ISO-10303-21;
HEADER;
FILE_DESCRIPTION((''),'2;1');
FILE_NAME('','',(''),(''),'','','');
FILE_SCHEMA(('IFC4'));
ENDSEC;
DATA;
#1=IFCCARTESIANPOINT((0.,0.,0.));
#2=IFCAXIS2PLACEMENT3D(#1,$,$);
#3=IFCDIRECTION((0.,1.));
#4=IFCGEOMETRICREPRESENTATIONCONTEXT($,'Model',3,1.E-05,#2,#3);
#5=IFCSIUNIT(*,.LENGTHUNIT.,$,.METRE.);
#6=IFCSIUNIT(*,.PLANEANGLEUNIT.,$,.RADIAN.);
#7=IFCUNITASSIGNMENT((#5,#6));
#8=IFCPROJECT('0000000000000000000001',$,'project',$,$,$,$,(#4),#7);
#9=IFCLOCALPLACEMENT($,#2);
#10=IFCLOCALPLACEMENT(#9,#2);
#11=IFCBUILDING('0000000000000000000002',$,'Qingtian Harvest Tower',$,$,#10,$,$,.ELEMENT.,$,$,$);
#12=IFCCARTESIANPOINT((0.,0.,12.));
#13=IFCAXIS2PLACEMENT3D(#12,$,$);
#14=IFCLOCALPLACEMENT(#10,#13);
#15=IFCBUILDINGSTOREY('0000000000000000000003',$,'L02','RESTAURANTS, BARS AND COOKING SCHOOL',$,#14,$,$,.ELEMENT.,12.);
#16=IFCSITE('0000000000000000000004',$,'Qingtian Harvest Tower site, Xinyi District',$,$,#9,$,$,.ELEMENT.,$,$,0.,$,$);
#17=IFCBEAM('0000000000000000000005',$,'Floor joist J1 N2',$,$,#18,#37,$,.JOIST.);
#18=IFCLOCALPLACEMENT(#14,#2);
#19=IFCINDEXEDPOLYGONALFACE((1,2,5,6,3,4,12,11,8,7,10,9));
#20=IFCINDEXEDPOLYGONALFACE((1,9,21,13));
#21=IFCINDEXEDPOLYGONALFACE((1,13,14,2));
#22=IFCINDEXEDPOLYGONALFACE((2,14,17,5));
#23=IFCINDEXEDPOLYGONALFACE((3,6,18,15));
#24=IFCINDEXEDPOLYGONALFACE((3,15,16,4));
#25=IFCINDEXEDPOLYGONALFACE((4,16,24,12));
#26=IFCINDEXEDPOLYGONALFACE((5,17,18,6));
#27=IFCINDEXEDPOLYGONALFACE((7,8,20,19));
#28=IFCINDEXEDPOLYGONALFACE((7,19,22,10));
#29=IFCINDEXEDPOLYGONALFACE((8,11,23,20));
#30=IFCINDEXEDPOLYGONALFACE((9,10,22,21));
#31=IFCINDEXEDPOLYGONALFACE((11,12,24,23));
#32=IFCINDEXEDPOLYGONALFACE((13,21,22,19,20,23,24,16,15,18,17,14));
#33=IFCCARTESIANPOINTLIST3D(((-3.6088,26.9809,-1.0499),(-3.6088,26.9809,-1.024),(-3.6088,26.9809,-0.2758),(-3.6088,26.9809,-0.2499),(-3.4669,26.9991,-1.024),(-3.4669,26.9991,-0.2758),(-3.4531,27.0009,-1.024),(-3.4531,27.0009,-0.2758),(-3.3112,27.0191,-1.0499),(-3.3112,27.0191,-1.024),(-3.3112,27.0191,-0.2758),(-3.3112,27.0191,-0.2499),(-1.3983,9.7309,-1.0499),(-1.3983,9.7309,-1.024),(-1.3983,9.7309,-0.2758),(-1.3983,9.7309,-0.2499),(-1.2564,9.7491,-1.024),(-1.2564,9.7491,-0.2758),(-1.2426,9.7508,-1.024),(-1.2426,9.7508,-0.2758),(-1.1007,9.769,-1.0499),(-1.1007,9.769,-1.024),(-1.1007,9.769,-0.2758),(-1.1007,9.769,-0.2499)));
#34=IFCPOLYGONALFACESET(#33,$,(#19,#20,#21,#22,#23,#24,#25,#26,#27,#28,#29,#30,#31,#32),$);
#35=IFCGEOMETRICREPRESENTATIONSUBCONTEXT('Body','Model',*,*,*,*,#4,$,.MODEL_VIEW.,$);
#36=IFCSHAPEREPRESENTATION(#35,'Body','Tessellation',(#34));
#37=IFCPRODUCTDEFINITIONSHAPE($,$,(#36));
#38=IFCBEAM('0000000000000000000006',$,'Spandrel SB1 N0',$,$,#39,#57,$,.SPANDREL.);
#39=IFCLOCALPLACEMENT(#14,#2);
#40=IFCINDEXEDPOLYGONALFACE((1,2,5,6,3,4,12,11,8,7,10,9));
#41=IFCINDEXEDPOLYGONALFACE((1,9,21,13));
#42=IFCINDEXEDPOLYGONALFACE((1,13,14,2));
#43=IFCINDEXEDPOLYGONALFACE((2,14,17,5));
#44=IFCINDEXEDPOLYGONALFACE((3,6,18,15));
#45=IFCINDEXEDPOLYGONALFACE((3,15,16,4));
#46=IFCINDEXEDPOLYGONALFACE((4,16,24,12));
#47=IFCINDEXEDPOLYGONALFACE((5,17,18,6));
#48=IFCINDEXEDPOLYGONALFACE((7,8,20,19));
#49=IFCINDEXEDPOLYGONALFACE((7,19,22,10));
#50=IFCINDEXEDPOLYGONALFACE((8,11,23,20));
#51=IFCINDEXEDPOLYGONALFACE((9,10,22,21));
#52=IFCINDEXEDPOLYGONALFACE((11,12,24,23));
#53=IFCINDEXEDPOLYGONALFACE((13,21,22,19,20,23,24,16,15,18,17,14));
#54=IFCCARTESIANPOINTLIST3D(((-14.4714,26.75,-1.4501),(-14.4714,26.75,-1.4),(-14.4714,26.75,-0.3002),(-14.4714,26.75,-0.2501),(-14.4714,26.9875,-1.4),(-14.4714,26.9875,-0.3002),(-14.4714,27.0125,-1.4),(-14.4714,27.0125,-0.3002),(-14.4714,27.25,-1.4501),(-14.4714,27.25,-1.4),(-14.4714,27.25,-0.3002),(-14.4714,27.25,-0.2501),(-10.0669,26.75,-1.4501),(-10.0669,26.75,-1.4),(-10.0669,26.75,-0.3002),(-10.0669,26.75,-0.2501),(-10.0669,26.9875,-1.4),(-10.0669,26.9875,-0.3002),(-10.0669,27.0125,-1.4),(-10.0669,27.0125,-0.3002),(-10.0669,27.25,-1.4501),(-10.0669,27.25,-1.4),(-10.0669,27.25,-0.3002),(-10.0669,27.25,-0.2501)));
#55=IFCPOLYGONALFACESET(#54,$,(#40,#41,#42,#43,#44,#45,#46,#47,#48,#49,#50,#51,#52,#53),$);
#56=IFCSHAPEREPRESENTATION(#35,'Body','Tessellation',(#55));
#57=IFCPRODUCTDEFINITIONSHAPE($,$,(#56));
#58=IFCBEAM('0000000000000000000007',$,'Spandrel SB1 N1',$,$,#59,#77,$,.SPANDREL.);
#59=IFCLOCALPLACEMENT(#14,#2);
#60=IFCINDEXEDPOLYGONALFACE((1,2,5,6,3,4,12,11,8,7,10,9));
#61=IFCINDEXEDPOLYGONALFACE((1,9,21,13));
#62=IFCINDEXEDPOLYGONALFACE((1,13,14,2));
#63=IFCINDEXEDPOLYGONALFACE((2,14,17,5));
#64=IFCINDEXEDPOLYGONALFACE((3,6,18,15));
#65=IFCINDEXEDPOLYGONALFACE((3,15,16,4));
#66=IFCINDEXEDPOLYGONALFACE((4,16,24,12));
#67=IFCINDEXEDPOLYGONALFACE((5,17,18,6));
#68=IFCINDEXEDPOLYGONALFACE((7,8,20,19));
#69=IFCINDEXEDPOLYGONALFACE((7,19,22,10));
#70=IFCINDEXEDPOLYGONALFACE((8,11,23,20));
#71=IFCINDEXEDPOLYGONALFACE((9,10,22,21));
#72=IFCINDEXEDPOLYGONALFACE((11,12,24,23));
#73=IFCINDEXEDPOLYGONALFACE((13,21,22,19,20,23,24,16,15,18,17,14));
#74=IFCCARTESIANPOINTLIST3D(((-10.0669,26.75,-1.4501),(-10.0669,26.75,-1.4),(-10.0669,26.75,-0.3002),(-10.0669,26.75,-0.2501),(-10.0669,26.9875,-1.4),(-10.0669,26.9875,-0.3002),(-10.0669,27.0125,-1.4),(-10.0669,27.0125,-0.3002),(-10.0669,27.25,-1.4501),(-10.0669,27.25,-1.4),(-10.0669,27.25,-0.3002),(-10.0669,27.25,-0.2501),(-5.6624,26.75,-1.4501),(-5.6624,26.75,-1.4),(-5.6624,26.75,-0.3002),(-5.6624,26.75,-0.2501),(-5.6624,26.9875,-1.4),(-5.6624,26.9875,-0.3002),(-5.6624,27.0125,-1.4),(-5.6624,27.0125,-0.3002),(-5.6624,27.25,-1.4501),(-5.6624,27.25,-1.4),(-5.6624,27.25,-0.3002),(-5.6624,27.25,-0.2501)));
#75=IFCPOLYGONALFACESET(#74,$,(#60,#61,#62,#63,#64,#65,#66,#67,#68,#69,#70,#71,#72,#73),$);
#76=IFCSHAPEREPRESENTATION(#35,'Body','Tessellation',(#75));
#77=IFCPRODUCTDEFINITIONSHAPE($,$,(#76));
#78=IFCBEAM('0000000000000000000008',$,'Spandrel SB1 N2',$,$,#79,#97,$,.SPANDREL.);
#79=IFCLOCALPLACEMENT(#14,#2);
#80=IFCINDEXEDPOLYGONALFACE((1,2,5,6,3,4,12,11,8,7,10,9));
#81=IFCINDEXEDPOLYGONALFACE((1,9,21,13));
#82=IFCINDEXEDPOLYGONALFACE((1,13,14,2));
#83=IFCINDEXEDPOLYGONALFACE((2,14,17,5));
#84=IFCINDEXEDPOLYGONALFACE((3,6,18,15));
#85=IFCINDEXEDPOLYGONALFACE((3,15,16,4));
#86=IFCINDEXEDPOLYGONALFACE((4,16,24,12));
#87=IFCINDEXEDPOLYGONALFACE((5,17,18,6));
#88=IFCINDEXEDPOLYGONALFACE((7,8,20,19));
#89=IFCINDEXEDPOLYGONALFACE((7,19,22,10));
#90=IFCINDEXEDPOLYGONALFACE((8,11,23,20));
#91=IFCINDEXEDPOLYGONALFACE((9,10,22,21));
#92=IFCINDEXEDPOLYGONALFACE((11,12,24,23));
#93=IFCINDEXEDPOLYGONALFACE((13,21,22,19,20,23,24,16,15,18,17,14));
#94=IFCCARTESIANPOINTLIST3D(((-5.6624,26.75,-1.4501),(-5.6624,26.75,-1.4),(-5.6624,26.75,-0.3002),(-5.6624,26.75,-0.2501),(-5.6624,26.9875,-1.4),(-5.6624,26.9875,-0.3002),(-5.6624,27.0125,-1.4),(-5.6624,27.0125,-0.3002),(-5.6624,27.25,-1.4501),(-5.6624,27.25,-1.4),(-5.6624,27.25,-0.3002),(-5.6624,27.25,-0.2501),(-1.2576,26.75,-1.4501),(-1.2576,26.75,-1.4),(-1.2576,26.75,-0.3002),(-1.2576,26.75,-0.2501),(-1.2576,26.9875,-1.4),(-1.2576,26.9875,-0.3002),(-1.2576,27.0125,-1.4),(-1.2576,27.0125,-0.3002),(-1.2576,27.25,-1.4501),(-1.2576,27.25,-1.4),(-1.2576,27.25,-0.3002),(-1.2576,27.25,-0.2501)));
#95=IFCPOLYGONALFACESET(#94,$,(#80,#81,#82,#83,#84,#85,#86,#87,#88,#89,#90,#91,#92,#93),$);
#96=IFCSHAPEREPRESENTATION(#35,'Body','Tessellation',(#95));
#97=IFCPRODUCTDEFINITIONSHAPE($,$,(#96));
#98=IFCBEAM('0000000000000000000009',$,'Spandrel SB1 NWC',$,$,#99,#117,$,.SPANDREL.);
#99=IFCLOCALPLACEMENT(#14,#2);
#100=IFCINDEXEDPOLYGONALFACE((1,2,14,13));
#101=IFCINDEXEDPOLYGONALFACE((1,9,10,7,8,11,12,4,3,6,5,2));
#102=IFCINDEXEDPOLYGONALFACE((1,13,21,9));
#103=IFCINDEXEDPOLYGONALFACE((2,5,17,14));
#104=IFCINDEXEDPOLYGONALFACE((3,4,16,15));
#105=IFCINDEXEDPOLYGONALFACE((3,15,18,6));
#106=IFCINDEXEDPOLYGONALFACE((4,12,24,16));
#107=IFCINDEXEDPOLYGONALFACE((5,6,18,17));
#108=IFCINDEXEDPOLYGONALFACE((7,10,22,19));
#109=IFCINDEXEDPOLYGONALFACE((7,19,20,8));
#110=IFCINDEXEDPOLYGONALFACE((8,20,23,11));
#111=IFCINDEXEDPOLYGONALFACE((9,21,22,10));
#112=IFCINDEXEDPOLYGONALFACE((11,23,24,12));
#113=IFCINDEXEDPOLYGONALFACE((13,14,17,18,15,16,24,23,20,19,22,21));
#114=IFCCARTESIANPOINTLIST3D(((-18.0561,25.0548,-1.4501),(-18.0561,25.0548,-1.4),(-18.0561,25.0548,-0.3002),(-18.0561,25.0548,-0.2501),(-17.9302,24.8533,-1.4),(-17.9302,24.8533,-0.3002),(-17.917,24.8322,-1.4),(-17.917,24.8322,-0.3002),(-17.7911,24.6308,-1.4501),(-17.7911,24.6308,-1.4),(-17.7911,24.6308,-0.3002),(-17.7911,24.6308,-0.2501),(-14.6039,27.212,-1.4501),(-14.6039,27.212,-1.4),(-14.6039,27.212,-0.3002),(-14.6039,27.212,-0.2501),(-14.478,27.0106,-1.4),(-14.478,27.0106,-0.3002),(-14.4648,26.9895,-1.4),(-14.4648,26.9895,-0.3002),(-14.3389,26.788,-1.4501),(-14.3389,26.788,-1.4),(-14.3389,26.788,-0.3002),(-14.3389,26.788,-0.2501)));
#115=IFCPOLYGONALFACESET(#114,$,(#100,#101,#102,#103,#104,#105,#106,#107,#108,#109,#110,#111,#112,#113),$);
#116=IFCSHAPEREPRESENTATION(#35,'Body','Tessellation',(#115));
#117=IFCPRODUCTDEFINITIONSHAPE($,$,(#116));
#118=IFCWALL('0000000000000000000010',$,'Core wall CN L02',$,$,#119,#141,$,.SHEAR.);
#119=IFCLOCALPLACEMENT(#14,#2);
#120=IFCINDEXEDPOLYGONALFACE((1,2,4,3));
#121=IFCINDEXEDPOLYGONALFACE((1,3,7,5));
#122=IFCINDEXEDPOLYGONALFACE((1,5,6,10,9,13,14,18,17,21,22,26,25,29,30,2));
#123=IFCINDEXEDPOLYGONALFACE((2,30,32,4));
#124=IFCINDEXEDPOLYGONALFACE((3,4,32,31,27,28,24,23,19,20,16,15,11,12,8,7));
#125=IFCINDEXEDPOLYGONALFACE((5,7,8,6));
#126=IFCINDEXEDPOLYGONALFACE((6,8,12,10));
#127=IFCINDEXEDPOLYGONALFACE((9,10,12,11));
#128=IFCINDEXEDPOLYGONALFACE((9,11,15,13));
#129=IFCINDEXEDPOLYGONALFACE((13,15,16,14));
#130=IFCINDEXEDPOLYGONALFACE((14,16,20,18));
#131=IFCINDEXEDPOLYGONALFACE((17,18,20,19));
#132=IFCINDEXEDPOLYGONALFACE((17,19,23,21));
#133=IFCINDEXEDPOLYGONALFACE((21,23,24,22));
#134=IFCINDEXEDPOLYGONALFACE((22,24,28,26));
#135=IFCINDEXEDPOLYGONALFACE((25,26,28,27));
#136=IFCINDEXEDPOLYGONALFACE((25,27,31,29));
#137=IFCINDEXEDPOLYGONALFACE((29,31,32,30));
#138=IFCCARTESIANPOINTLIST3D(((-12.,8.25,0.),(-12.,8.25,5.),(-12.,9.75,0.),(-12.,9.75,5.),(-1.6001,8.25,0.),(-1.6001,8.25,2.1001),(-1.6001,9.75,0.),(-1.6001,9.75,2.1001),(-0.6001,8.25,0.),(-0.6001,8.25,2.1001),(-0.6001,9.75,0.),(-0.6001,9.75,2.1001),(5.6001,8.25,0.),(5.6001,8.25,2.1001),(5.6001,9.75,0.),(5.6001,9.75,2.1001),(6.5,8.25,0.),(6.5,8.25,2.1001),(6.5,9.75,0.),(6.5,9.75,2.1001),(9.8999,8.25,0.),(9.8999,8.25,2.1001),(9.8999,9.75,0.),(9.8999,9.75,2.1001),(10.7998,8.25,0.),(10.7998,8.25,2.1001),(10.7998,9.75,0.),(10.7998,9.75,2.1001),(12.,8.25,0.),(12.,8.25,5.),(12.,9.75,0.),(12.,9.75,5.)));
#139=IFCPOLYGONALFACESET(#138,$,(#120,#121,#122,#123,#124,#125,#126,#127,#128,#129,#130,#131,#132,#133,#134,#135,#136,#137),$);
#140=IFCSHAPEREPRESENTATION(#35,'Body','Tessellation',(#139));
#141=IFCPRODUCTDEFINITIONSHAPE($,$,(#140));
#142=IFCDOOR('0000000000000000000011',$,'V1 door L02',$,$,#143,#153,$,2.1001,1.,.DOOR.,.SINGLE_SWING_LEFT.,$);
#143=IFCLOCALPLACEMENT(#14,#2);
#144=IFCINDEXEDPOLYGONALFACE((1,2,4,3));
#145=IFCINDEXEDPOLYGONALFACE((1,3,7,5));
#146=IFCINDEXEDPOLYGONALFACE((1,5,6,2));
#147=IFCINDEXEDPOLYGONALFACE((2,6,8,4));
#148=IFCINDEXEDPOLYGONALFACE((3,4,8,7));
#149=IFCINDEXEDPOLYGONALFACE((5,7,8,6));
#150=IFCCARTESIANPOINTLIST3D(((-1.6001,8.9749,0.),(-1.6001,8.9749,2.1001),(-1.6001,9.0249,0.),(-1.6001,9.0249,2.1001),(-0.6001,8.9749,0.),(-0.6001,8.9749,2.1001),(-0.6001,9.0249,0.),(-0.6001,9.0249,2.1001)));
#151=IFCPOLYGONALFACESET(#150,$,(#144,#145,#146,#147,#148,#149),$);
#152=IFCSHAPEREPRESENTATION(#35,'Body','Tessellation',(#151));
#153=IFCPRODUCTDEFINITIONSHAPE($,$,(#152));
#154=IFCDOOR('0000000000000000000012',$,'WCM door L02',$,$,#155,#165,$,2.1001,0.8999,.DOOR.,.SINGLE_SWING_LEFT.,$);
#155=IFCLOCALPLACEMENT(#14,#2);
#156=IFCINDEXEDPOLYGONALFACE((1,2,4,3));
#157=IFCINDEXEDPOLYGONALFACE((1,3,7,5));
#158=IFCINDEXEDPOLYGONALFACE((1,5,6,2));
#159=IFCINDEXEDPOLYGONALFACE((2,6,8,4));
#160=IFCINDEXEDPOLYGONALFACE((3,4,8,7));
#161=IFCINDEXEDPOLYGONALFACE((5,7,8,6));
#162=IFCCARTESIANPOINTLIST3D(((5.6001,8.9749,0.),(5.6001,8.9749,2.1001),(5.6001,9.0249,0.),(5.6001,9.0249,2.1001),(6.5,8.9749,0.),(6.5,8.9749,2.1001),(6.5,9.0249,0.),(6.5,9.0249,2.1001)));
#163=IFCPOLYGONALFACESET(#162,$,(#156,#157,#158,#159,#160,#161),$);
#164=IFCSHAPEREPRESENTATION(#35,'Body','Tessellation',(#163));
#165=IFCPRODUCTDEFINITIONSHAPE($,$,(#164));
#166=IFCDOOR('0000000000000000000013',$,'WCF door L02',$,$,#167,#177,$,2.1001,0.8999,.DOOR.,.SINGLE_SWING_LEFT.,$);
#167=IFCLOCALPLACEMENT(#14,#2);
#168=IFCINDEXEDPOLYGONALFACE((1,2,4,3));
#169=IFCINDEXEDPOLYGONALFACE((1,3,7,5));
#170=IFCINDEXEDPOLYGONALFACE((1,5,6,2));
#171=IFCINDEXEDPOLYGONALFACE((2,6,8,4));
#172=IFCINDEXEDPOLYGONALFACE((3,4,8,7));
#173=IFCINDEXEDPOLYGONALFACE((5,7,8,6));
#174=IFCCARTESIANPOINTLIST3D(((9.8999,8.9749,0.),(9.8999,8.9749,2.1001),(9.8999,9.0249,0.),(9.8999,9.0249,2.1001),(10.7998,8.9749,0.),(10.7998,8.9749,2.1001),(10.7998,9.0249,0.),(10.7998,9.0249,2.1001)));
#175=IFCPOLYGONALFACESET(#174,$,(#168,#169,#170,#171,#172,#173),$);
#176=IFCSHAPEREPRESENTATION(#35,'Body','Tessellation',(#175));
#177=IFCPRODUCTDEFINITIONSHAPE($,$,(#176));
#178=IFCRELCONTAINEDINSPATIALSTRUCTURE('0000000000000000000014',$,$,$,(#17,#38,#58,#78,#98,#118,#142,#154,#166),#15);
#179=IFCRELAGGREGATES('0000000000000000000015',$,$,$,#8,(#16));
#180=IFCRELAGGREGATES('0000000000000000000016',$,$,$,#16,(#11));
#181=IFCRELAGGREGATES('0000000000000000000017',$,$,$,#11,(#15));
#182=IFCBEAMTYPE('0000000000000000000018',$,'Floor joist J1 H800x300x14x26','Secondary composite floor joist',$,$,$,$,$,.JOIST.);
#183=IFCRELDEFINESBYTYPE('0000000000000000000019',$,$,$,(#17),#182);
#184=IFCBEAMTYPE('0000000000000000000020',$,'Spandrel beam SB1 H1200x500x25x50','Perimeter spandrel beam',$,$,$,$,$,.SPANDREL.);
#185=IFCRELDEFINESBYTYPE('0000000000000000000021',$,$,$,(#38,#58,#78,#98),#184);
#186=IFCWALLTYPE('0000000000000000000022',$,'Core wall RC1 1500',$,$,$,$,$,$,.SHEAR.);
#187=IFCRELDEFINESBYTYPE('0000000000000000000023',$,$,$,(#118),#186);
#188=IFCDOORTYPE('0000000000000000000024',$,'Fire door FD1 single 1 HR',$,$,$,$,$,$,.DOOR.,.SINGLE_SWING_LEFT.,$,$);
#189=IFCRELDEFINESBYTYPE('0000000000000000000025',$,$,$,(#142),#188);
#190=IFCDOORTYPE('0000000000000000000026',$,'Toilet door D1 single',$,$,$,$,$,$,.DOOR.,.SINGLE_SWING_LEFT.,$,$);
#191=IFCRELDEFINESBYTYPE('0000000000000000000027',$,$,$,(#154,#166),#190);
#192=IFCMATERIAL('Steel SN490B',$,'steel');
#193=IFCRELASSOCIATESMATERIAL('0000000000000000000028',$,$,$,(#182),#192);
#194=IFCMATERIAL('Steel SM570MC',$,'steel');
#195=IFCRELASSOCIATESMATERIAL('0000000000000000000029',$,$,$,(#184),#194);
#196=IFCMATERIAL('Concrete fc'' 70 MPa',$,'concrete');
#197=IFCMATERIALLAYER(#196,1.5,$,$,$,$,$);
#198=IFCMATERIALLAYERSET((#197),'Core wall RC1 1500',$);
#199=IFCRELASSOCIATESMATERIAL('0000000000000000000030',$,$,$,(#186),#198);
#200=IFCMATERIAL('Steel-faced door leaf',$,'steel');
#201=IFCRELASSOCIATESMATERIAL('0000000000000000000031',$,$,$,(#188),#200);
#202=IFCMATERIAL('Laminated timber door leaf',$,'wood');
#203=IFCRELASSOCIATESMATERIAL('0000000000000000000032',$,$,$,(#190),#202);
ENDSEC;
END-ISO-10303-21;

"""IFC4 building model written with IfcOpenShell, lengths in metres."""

from ifc_helpers import new_model, si_unit, direction, frame, frame_2d, origin, origin_2d, place, context, subcontext, project, spatial, rectangle, i_section, extrude, material, layer, layer_set, material_profile, profile_set, type_object, element, fill, save


model = new_model("IFC4")

# Units and contexts
model_context = context("Model", 3, precision=1e-05, world=origin(), true_north=direction((0.0, 1.0)))
body_context = subcontext(model_context, "Body", "Model", "MODEL_VIEW")
ifc_project = project(units=[si_unit("LENGTHUNIT", "METRE"), si_unit("PLANEANGLEUNIT", "RADIAN")], contexts=[model_context])

# Site, building, storey
site_placement = place(None, origin())
site = spatial("IfcSite", under=ifc_project, at=site_placement, Name="Qingtian Harvest Tower site, Xinyi District", CompositionType="ELEMENT", RefElevation=0.0)
building_placement = place(site_placement, origin())
building = spatial("IfcBuilding", under=site, at=building_placement, Name="Qingtian Harvest Tower", CompositionType="ELEMENT")
storey_placement = place(building_placement, frame((0.0, 0.0, 12.0)))
storey = spatial("IfcBuildingStorey", under=building, at=storey_placement, Name="L02", Description="RESTAURANTS, BARS AND COOKING SCHOOL", CompositionType="ELEMENT", Elevation=12.0)

# Beams
ifc_material_1 = material(Name="Steel SN490B", Category="steel")
ifc_material_profile_1 = material_profile(ifc_material_1, i_section(OverallWidth=0.3, OverallDepth=0.8, WebThickness=0.0139, FlangeThickness=0.0259, at=origin_2d()), Name="H800x300x14x26")
ifc_profile_set_1 = profile_set([ifc_material_profile_1], Name="Steel SN490B")
beam_type_1 = type_object("IfcBeamType", Name="Floor joist J1 H800x300x14x26", Description="Secondary composite floor joist", PredefinedType="JOIST", material=ifc_profile_set_1)
beam_1_placement = place(storey_placement, frame((-3.46, 27.0, -0.6499), z_axis=(0.127103, -0.99189, 0.0), x_axis=(0.99189, 0.127103, 0.0)))
element("IfcBeam", 1, at=beam_1_placement, inside=storey, type_object=beam_type_1, Name="Floor joist J1 N2", PredefinedType="JOIST", context=body_context, shape_type="SweptSolid", body=[
    extrude(i_section(OverallWidth=0.3, OverallDepth=0.8, WebThickness=0.0139, FlangeThickness=0.0259, at=origin_2d()), origin(), (0.0, 0.0, 1.0), 17.3911),
])
ifc_material_2 = material(Name="Steel SM570MC", Category="steel")
ifc_material_profile_2 = material_profile(ifc_material_2, i_section(OverallWidth=0.5, OverallDepth=1.2, WebThickness=0.0249, FlangeThickness=0.05, at=origin_2d()), Name="H1200x500x25x50")
ifc_profile_set_2 = profile_set([ifc_material_profile_2], Name="Steel SM570MC")
beam_type_2 = type_object("IfcBeamType", Name="Spandrel beam SB1 H1200x500x25x50", Description="Perimeter spandrel beam", PredefinedType="SPANDREL", material=ifc_profile_set_2)
for number, where, z_axis, x_axis, name in (
    (2, (-14.4714, 27.0, -0.8501), (1.0, 0.0, 0.0), (0.0, 1.0, 0.0), "Spandrel SB1 N0"),
    (3, (-10.0669, 27.0, -0.8501), (1.0, 0.0, 0.0), (0.0, 1.0, 0.0), "Spandrel SB1 N1"),
):
    element("IfcBeam", number, at=place(storey_placement, frame(where, z_axis=z_axis, x_axis=x_axis)), inside=storey, type_object=beam_type_2, Name=name, PredefinedType="SPANDREL", context=body_context, shape_type="SweptSolid", body=[
        extrude(i_section(OverallWidth=0.5, OverallDepth=1.2, WebThickness=0.0249, FlangeThickness=0.05, at=origin_2d()), origin(), (0.0, 0.0, 1.0), 4.4045),
    ])
beam_2_placement = place(storey_placement, frame((-5.6624, 27.0, -0.8501), z_axis=(1.0, 0.0, 0.0), x_axis=(0.0, 1.0, 0.0)))
element("IfcBeam", 4, at=beam_2_placement, inside=storey, type_object=beam_type_2, Name="Spandrel SB1 N2", PredefinedType="SPANDREL", context=body_context, shape_type="SweptSolid", body=[
    extrude(i_section(OverallWidth=0.5, OverallDepth=1.2, WebThickness=0.0249, FlangeThickness=0.05, at=origin_2d()), origin(), (0.0, 0.0, 1.0), 4.4048),
])
beam_3_placement = place(storey_placement, frame((-17.9236, 24.8428, -0.8501), z_axis=(0.848039, 0.529934, 0.0), x_axis=(-0.529934, 0.848039, 0.0)))
element("IfcBeam", 5, at=beam_3_placement, inside=storey, type_object=beam_type_2, Name="Spandrel SB1 NWC", PredefinedType="SPANDREL", context=body_context, shape_type="SweptSolid", body=[
    extrude(i_section(OverallWidth=0.5, OverallDepth=1.2, WebThickness=0.0249, FlangeThickness=0.05, at=origin_2d()), origin(), (0.0, 0.0, 1.0), 4.0708),
])

# Wall, openings, doors
ifc_material_3 = material(Name="Concrete fc' 70 MPa", Category="concrete")
ifc_layer_1 = layer(ifc_material_3, 1.5)
ifc_layer_set_1 = layer_set([ifc_layer_1], Name="Core wall RC1 1500")
wall_type_1 = type_object("IfcWallType", Name="Core wall RC1 1500", PredefinedType="SHEAR", material=ifc_layer_set_1)
wall_1_placement = place(storey_placement, frame((-12.0, 9.0, 0.0), z_axis=(0.0, 0.0, 1.0), x_axis=(1.0, 0.0, 0.0)))
wall_1 = element("IfcWall", 6, at=wall_1_placement, inside=storey, type_object=wall_type_1, Name="Core wall CN L02", PredefinedType="SHEAR", context=body_context, shape_type="SweptSolid", body=[
    extrude(rectangle(XDim=24.0, YDim=1.5, at=frame_2d((12.0, 0.0))), origin(), (0.0, 0.0, 1.0), 5.0),
])
opening_1_placement = place(wall_1_placement, frame((10.3999, 0.0, 0.0)))
opening_1 = element("IfcOpeningElement", 7, at=opening_1_placement, cuts=wall_1, PredefinedType="OPENING", context=body_context, shape_type="SweptSolid", body=[
    extrude(rectangle(XDim=1.0, YDim=2.1001, at=frame_2d((0.5, 1.05))), frame((0.0, 0.76, 0.0), z_axis=(0.0, -1.0, 0.0), x_axis=(1.0, 0.0, 0.0)), (0.0, 0.0, 1.0), 1.52),
])
opening_2_placement = place(wall_1_placement, frame((17.6001, 0.0, 0.0)))
opening_2 = element("IfcOpeningElement", 8, at=opening_2_placement, cuts=wall_1, PredefinedType="OPENING", context=body_context, shape_type="SweptSolid", body=[
    extrude(rectangle(XDim=0.8999, YDim=2.1001, at=frame_2d((0.45, 1.05))), frame((0.0, 0.76, 0.0), z_axis=(0.0, -1.0, 0.0), x_axis=(1.0, 0.0, 0.0)), (0.0, 0.0, 1.0), 1.52),
])
opening_3_placement = place(wall_1_placement, frame((21.8999, 0.0, 0.0)))
opening_3 = element("IfcOpeningElement", 9, at=opening_3_placement, cuts=wall_1, PredefinedType="OPENING", context=body_context, shape_type="SweptSolid", body=[
    extrude(rectangle(XDim=0.8999, YDim=2.1001, at=frame_2d((0.45, 1.05))), frame((0.0, 0.76, 0.0), z_axis=(0.0, -1.0, 0.0), x_axis=(1.0, 0.0, 0.0)), (0.0, 0.0, 1.0), 1.52),
])
ifc_material_4 = material(Name="Steel-faced door leaf", Category="steel")
door_type_1 = type_object("IfcDoorType", Name="Fire door FD1 single 1 HR", OperationType="SINGLE_SWING_LEFT", PredefinedType="DOOR", material=ifc_material_4)
door_1_placement = place(opening_1_placement, origin())
door_1 = element("IfcDoor", 10, at=door_1_placement, inside=storey, type_object=door_type_1, Name="V1 door L02", OperationType="SINGLE_SWING_LEFT", OverallHeight=2.1001, OverallWidth=1.0, PredefinedType="DOOR", context=body_context, shape_type="SweptSolid", body=[
    extrude(rectangle(XDim=1.0, YDim=2.1001, at=frame_2d((0.5, 1.05))), frame((0.0, 0.0249, 0.0), z_axis=(0.0, -1.0, 0.0), x_axis=(1.0, 0.0, 0.0)), (0.0, 0.0, 1.0), 0.05),
])
fill(opening_1, door_1)
ifc_material_5 = material(Name="Laminated timber door leaf", Category="wood")
door_type_2 = type_object("IfcDoorType", Name="Toilet door D1 single", OperationType="SINGLE_SWING_LEFT", PredefinedType="DOOR", material=ifc_material_5)
door_2_placement = place(opening_2_placement, origin())
door_2 = element("IfcDoor", 11, at=door_2_placement, inside=storey, type_object=door_type_2, Name="WCM door L02", OperationType="SINGLE_SWING_LEFT", OverallHeight=2.1001, OverallWidth=0.8999, PredefinedType="DOOR", context=body_context, shape_type="SweptSolid", body=[
    extrude(rectangle(XDim=0.8999, YDim=2.1001, at=frame_2d((0.45, 1.05))), frame((0.0, 0.0249, 0.0), z_axis=(0.0, -1.0, 0.0), x_axis=(1.0, 0.0, 0.0)), (0.0, 0.0, 1.0), 0.05),
])
fill(opening_2, door_2)
door_3_placement = place(opening_3_placement, origin())
door_3 = element("IfcDoor", 12, at=door_3_placement, inside=storey, type_object=door_type_2, Name="WCF door L02", OperationType="SINGLE_SWING_LEFT", OverallHeight=2.1001, OverallWidth=0.8999, PredefinedType="DOOR", context=body_context, shape_type="SweptSolid", body=[
    extrude(rectangle(XDim=0.8999, YDim=2.1001, at=frame_2d((0.45, 1.05))), frame((0.0, 0.0249, 0.0), z_axis=(0.0, -1.0, 0.0), x_axis=(1.0, 0.0, 0.0)), (0.0, 0.0, 1.0), 0.05),
])
fill(opening_3, door_3)

save(model, "model.ifc")
